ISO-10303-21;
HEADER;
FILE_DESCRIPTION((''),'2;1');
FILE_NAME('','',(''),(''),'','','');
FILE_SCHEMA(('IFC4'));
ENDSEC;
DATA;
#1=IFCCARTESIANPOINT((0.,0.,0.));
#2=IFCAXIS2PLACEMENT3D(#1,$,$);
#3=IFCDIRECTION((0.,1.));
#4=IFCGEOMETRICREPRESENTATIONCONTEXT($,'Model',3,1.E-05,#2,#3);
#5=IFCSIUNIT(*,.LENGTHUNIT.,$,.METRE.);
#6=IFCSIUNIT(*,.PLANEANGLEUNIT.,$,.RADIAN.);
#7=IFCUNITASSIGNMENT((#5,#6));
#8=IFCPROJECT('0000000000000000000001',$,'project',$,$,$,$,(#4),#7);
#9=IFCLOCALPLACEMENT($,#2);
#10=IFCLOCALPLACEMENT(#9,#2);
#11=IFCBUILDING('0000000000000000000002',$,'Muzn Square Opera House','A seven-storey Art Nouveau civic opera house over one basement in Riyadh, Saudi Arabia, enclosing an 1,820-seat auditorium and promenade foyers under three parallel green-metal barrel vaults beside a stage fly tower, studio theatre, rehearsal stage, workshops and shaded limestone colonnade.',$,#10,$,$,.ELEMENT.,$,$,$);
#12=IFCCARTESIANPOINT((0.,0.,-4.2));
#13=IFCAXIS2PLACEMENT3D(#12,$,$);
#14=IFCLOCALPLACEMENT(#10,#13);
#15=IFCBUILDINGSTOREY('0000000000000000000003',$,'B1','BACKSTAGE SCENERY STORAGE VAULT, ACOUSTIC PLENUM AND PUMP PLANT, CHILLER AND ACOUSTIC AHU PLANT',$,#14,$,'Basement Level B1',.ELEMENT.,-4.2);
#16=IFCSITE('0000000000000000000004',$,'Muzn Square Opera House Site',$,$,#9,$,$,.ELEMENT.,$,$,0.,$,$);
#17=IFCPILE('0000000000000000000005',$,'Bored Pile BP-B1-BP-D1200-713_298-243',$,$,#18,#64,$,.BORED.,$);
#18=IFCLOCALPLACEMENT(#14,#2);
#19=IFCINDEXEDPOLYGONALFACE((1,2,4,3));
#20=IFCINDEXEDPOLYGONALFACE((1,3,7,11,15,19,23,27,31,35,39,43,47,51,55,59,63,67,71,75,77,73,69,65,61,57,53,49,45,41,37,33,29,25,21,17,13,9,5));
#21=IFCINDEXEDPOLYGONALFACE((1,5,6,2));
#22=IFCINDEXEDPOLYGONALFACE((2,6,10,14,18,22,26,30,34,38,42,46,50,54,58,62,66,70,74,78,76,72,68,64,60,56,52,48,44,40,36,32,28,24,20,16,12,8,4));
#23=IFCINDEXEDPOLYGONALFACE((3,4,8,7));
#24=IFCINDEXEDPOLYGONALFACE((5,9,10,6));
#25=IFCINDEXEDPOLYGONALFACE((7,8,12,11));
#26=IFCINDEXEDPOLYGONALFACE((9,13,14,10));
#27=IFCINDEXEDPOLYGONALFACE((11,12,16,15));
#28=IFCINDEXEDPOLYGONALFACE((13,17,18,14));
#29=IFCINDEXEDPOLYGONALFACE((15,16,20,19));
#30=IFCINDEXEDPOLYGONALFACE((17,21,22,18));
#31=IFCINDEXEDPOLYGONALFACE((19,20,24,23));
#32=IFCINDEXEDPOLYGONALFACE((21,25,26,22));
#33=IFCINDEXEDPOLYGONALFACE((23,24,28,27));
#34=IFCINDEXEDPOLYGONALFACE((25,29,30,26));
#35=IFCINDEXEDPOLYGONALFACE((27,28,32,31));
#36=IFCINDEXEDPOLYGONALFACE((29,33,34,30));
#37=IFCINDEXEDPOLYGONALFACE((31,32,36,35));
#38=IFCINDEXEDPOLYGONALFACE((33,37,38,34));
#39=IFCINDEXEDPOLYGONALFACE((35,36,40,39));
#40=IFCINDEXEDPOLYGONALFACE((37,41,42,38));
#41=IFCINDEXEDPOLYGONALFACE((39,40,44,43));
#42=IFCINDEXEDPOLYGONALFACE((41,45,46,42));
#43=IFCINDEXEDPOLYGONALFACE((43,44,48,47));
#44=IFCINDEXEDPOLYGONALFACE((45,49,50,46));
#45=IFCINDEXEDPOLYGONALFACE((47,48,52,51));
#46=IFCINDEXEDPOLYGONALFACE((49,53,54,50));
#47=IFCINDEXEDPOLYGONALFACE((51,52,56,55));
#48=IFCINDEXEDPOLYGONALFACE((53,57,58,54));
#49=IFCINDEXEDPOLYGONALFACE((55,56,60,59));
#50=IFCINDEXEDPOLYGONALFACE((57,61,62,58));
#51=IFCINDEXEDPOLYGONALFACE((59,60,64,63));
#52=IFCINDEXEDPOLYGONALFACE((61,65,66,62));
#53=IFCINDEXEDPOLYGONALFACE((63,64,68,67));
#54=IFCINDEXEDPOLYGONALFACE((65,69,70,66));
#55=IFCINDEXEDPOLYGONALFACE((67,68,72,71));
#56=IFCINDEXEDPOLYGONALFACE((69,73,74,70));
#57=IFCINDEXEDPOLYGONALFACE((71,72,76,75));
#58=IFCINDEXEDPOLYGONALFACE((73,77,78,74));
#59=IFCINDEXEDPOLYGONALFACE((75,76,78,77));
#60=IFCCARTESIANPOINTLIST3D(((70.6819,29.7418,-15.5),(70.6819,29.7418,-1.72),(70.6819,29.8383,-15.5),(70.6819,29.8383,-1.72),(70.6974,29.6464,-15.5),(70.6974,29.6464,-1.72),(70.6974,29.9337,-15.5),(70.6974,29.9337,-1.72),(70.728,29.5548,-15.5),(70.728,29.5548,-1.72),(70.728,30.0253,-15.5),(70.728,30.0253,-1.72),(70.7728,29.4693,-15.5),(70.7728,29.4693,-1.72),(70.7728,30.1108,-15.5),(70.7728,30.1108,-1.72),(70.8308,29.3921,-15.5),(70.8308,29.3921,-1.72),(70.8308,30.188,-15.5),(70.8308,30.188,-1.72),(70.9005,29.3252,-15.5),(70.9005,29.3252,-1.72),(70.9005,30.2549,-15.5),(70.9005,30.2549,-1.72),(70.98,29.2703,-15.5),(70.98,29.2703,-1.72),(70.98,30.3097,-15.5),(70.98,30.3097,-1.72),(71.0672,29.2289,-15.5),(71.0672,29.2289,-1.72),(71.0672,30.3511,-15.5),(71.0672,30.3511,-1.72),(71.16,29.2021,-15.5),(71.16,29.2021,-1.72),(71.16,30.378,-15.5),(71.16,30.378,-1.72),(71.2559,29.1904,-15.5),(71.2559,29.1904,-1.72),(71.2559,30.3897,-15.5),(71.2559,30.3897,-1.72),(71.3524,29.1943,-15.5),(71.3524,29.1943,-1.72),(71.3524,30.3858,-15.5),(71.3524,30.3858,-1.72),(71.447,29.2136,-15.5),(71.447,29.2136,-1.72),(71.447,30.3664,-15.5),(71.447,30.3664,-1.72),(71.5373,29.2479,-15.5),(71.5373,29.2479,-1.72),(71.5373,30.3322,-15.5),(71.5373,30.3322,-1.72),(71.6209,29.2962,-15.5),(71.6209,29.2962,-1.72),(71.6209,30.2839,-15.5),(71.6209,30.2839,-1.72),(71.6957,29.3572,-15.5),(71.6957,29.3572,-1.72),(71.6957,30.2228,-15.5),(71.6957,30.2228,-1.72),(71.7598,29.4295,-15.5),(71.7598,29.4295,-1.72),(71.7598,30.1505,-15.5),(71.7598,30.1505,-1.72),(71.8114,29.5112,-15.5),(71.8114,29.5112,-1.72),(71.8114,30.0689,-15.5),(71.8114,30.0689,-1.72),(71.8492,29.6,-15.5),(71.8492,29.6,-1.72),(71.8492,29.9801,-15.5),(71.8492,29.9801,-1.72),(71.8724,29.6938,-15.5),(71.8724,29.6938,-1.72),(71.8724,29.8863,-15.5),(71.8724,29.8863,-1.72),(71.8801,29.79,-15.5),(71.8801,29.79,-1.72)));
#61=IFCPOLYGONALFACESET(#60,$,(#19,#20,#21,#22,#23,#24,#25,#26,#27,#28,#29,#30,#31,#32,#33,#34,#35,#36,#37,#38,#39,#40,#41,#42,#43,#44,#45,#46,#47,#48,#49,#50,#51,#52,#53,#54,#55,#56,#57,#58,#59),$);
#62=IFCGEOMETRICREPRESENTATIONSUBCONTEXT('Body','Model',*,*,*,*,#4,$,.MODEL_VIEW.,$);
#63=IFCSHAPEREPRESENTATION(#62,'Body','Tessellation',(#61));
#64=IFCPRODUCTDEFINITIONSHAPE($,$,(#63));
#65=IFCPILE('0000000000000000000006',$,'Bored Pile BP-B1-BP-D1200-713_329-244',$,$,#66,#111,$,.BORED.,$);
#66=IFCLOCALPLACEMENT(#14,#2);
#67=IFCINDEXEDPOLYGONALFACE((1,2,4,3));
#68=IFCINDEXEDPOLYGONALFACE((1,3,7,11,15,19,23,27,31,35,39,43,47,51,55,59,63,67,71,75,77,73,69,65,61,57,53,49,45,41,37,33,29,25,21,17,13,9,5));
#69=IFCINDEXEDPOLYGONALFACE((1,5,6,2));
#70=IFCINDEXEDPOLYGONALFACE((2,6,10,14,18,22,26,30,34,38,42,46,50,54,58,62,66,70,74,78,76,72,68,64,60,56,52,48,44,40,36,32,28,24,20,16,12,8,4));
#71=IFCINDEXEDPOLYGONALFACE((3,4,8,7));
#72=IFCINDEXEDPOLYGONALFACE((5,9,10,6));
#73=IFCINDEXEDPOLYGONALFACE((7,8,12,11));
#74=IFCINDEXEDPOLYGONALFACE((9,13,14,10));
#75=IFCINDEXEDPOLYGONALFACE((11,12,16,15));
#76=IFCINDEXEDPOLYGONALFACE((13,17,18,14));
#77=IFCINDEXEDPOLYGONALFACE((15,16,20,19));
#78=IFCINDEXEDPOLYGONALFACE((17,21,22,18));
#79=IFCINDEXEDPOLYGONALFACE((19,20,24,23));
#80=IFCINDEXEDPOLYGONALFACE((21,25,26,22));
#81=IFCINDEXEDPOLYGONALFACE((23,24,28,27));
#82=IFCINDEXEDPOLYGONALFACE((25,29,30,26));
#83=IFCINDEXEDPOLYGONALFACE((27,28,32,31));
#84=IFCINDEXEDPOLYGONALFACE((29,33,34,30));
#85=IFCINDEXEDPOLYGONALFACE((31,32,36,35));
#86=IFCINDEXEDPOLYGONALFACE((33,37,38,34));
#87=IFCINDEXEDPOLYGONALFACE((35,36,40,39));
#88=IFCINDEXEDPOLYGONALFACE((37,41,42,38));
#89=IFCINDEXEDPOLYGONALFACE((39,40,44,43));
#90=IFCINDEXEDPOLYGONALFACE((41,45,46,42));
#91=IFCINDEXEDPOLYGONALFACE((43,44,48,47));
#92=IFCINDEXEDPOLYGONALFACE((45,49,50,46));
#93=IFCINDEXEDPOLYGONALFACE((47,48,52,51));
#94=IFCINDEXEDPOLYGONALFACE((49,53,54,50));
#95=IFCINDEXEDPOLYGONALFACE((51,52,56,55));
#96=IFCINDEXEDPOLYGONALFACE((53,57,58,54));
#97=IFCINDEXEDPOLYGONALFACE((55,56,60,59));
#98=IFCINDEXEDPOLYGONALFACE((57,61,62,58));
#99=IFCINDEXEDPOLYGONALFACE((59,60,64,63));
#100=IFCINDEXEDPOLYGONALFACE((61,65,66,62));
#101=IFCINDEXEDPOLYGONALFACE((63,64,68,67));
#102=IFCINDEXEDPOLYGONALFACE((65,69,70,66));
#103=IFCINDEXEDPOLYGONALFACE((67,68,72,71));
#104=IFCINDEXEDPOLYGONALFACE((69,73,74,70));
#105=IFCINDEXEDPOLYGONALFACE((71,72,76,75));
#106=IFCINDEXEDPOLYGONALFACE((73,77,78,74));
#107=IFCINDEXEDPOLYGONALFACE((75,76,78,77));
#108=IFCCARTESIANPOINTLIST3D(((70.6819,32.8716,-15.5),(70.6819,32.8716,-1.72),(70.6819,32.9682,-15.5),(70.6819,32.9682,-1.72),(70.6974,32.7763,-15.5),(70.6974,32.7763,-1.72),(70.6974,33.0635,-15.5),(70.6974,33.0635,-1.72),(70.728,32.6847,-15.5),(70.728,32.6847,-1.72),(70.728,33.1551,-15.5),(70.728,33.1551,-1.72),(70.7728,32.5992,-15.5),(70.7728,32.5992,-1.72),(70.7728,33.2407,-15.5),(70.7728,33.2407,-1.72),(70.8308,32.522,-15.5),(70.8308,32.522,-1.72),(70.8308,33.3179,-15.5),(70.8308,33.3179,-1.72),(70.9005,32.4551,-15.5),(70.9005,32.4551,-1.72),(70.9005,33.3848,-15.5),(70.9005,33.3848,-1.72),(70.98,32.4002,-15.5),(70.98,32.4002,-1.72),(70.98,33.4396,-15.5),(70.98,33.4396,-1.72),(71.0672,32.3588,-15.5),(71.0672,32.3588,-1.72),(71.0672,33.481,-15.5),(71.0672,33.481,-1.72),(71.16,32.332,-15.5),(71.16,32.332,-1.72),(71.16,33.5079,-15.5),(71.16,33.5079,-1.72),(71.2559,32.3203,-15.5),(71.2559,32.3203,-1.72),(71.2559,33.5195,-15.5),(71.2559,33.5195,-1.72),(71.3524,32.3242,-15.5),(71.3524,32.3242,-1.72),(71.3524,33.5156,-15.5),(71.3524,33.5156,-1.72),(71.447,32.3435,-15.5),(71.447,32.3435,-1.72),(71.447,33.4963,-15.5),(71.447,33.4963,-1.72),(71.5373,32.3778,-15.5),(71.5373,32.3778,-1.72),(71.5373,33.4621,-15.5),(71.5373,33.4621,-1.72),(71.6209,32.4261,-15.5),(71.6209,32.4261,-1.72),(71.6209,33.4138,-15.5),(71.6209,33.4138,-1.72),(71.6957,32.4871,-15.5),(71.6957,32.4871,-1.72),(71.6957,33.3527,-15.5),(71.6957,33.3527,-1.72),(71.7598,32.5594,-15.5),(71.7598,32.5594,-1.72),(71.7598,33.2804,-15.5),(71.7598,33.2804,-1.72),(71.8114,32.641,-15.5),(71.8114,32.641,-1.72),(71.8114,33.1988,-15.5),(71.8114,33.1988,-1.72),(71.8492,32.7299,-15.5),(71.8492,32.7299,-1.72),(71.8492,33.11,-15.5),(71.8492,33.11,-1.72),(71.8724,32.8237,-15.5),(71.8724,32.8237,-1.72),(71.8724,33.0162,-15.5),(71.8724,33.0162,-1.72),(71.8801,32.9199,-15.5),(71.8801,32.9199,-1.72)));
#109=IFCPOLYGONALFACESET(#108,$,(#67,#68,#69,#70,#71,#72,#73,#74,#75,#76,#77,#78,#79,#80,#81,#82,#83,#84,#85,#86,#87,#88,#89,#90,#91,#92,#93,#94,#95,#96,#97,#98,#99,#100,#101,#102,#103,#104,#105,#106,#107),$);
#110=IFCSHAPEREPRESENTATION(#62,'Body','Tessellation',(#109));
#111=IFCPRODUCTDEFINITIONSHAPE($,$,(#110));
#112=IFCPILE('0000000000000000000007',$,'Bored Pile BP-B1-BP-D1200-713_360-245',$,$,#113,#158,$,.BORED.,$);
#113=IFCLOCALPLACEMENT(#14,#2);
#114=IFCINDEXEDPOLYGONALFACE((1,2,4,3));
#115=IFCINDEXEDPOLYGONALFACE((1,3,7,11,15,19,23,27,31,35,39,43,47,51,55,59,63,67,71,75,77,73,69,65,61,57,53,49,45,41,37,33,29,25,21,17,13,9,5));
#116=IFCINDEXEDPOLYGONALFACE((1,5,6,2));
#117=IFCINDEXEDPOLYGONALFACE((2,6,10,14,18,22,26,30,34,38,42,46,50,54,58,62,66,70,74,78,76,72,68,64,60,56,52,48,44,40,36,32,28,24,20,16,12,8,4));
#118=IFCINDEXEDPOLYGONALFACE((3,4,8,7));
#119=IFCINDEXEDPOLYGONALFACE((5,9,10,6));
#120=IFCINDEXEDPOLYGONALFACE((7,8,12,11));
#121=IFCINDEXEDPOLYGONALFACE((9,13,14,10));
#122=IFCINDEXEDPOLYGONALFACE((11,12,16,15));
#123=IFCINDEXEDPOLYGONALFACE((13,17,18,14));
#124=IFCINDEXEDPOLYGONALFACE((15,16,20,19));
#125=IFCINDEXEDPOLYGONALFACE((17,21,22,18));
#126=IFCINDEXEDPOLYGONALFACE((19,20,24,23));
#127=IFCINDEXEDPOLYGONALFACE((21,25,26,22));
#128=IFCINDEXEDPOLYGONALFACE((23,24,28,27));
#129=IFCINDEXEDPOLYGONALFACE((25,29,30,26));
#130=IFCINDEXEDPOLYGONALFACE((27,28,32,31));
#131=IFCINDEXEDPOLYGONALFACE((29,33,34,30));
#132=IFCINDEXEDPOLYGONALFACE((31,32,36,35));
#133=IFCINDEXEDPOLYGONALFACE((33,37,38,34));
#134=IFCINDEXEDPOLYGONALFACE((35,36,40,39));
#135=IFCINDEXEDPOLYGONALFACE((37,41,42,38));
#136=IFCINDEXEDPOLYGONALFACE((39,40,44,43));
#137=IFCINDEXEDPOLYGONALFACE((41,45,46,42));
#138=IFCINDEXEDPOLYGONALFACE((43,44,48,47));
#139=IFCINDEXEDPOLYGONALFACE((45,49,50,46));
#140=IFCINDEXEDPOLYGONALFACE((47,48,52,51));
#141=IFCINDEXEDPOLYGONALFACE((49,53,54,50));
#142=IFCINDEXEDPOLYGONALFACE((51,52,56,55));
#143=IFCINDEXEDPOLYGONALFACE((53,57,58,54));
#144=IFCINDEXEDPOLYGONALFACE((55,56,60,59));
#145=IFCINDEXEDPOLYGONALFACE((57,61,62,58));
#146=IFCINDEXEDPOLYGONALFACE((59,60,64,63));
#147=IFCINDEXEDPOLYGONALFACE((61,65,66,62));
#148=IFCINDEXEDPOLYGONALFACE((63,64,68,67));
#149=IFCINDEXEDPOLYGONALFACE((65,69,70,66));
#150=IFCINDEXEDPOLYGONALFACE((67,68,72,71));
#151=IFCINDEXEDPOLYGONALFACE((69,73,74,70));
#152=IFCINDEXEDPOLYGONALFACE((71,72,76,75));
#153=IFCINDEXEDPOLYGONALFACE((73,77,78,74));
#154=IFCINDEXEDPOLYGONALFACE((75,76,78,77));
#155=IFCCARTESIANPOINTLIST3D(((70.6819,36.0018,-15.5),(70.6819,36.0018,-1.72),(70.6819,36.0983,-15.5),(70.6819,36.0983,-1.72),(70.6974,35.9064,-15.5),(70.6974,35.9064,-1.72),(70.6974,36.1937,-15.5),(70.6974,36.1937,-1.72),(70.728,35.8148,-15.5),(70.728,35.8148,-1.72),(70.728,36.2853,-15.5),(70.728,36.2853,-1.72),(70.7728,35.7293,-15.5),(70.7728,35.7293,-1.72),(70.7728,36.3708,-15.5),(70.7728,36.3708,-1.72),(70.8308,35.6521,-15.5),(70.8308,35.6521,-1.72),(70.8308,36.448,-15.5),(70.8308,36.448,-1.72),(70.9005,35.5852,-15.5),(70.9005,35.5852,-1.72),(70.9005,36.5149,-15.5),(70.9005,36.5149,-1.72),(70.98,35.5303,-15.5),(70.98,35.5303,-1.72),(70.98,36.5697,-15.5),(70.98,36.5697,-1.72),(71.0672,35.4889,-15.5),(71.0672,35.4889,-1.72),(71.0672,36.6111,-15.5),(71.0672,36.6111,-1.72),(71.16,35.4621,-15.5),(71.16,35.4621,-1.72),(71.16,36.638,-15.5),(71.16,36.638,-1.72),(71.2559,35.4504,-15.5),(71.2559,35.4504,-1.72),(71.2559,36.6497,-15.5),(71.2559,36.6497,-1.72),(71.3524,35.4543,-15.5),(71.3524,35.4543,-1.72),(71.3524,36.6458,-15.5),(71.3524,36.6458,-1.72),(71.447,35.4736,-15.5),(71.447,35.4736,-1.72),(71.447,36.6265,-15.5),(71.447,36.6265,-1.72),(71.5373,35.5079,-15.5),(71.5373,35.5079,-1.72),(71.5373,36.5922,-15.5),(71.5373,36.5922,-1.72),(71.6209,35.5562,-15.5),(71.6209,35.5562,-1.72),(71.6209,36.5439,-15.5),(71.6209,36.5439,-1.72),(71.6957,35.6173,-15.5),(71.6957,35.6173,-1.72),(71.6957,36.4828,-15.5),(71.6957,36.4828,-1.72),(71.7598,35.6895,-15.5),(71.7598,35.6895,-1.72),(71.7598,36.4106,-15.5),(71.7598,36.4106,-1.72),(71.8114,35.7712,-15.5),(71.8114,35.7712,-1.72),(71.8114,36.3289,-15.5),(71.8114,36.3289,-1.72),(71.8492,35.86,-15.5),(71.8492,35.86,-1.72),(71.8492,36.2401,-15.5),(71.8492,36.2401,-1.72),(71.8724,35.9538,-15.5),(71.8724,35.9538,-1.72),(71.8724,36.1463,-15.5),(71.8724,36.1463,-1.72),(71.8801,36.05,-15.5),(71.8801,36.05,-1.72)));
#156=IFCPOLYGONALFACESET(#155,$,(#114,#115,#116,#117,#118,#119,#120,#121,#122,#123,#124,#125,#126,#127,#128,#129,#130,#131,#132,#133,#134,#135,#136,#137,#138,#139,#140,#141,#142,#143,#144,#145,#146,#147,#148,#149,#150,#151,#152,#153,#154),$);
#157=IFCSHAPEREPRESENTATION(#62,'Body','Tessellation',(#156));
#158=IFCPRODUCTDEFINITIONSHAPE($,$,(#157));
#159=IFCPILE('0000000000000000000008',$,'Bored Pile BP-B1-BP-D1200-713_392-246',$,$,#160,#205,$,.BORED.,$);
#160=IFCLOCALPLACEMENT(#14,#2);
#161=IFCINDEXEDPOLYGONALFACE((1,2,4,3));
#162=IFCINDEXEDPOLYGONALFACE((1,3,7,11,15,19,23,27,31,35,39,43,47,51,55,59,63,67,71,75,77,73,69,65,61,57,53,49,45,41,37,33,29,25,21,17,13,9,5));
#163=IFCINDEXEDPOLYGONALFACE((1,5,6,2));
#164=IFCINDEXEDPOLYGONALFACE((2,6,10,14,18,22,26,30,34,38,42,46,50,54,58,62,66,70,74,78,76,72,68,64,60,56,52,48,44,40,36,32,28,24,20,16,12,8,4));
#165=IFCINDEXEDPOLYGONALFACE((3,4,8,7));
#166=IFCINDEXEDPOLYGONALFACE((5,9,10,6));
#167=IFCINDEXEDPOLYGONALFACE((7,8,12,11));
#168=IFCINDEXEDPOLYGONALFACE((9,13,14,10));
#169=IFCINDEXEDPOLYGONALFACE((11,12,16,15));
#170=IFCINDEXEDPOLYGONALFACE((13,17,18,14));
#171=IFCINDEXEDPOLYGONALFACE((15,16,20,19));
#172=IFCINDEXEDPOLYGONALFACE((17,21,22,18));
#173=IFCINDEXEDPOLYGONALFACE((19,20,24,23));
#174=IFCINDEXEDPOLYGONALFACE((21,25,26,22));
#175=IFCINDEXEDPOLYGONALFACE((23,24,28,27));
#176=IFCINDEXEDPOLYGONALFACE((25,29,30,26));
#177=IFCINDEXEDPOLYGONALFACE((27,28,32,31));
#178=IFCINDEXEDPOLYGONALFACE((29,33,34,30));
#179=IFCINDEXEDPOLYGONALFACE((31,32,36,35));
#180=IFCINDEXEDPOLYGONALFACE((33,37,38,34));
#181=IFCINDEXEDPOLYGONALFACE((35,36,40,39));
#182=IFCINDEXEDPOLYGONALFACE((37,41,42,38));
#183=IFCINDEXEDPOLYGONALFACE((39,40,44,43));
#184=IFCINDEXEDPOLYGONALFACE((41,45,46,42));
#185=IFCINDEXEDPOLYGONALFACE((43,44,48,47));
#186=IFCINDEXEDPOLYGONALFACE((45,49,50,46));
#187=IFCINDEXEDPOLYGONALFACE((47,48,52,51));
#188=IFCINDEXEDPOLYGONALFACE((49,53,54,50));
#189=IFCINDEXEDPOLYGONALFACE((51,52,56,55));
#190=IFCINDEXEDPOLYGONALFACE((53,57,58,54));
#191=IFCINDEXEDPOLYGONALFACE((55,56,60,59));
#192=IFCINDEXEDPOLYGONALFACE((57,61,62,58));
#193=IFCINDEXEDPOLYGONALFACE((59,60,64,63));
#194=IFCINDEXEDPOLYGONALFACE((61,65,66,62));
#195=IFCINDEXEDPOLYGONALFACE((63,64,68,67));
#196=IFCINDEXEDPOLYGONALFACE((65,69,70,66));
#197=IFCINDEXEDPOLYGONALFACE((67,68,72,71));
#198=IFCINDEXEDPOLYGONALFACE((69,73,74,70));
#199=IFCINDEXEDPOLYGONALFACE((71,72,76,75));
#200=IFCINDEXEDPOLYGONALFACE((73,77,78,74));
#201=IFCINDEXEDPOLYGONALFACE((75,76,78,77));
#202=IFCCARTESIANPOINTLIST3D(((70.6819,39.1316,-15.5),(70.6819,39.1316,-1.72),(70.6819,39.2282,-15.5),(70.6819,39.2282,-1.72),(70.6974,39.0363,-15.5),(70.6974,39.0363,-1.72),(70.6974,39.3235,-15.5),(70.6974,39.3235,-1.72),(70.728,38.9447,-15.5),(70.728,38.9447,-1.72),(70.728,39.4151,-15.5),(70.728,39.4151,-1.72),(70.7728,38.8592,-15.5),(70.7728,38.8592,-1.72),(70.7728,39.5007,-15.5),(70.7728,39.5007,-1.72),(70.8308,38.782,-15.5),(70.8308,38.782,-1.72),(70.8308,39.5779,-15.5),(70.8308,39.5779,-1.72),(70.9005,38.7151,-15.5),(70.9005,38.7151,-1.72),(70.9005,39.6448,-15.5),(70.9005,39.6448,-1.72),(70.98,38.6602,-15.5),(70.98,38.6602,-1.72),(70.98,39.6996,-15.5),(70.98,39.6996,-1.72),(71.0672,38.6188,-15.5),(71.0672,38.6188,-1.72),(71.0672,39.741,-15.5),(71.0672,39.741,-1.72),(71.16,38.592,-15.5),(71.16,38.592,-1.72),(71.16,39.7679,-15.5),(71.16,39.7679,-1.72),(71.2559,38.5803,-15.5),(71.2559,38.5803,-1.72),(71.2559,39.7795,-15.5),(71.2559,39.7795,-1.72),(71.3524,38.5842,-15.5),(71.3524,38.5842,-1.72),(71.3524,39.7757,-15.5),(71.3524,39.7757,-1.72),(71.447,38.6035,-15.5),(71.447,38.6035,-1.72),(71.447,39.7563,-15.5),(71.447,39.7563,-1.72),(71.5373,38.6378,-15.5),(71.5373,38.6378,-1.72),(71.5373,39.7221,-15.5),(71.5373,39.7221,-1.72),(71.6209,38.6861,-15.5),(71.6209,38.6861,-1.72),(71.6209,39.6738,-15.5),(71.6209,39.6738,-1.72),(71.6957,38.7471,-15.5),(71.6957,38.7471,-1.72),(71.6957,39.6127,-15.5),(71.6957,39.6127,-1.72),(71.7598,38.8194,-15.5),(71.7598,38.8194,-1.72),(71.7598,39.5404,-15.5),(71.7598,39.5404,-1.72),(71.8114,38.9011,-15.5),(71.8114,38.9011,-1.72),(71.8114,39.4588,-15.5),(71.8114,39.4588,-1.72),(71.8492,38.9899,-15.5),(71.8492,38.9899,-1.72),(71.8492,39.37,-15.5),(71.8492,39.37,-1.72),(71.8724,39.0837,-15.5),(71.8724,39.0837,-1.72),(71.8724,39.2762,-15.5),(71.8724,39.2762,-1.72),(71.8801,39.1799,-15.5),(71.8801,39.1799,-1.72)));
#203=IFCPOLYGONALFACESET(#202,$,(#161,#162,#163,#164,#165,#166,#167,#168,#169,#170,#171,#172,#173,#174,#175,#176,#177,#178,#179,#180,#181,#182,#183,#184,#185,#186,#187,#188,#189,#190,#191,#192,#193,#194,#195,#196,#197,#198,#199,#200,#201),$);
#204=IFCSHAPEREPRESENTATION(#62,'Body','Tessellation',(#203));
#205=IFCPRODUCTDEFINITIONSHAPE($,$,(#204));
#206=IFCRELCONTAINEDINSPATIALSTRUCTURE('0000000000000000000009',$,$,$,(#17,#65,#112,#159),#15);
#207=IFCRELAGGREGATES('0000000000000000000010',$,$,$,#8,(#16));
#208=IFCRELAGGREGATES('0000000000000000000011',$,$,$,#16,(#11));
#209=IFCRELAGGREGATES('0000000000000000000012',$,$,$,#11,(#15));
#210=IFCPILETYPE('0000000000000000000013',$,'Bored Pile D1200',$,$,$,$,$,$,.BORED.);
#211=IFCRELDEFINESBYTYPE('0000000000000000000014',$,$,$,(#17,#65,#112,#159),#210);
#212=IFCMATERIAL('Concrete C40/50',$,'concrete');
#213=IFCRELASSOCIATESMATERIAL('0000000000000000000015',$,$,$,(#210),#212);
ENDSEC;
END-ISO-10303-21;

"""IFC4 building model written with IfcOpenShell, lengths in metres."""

from ifc_helpers import new_model, si_unit, direction, frame, origin, origin_2d, place, context, subcontext, project, spatial, circle, extrude, material, material_profile, profile_set, type_object, element, save


model = new_model("IFC4")

# Units and contexts
model_context = context("Model", 3, precision=1e-05, world=origin(), true_north=direction((0.0, 1.0)))
body_context = subcontext(model_context, "Body", "Model", "MODEL_VIEW")
ifc_project = project(units=[si_unit("LENGTHUNIT", "METRE"), si_unit("PLANEANGLEUNIT", "RADIAN")], contexts=[model_context])

# Site, building, storey
site_placement = place(None, origin())
site = spatial("IfcSite", under=ifc_project, at=site_placement, Name="Muzn Square Opera House Site", CompositionType="ELEMENT", RefElevation=0.0)
building_placement = place(site_placement, origin())
building = spatial("IfcBuilding", under=site, at=building_placement, Name="Muzn Square Opera House", Description="A seven-storey Art Nouveau civic opera house over one basement in Riyadh, Saudi Arabia, enclosing an 1,820-seat auditorium and promenade foyers under three parallel green-metal barrel vaults beside a stage fly tower, studio theatre, rehearsal stage, workshops and shaded limestone colonnade.", CompositionType="ELEMENT")
storey_placement = place(building_placement, frame((0.0, 0.0, -4.2)))
storey = spatial("IfcBuildingStorey", under=building, at=storey_placement, Name="B1", Description="BACKSTAGE SCENERY STORAGE VAULT, ACOUSTIC PLENUM AND PUMP PLANT, CHILLER AND ACOUSTIC AHU PLANT", LongName="Basement Level B1", CompositionType="ELEMENT", Elevation=-4.2)

# Piles
ifc_material_1 = material(Name="Concrete C40/50", Category="concrete")
ifc_material_profile_1 = material_profile(ifc_material_1, circle(Radius=0.6001, at=origin_2d()), Name="BORED PILE D1200", Category="concrete")
ifc_profile_set_1 = profile_set([ifc_material_profile_1], Name="Concrete C40/50")
pile_type = type_object("IfcPileType", Name="Bored Pile D1200", PredefinedType="BORED", material=ifc_profile_set_1)
for number, where, z_axis, x_axis, name in (
    (1, (71.28, 29.79, -1.72), (0.0, 0.0, -1.0), (1.0, 0.0, 0.0), "Bored Pile BP-B1-BP-D1200-713_298-243"),
    (2, (71.28, 32.9199, -1.72), (0.0, 0.0, -1.0), (1.0, 0.0, 0.0), "Bored Pile BP-B1-BP-D1200-713_329-244"),
    (3, (71.28, 36.05, -1.72), (0.0, 0.0, -1.0), (1.0, 0.0, 0.0), "Bored Pile BP-B1-BP-D1200-713_360-245"),
    (4, (71.28, 39.1799, -1.72), (0.0, 0.0, -1.0), (1.0, 0.0, 0.0), "Bored Pile BP-B1-BP-D1200-713_392-246"),
):
    element("IfcPile", number, at=place(storey_placement, frame(where, z_axis=z_axis, x_axis=x_axis)), inside=storey, type_object=pile_type, Name=name, PredefinedType="BORED", context=body_context, shape_type="SweptSolid", body=[
        extrude(circle(Radius=0.6001, at=origin_2d()), origin(), (0.0, 0.0, 1.0), 13.78),
    ])

save(model, "model.ifc")
